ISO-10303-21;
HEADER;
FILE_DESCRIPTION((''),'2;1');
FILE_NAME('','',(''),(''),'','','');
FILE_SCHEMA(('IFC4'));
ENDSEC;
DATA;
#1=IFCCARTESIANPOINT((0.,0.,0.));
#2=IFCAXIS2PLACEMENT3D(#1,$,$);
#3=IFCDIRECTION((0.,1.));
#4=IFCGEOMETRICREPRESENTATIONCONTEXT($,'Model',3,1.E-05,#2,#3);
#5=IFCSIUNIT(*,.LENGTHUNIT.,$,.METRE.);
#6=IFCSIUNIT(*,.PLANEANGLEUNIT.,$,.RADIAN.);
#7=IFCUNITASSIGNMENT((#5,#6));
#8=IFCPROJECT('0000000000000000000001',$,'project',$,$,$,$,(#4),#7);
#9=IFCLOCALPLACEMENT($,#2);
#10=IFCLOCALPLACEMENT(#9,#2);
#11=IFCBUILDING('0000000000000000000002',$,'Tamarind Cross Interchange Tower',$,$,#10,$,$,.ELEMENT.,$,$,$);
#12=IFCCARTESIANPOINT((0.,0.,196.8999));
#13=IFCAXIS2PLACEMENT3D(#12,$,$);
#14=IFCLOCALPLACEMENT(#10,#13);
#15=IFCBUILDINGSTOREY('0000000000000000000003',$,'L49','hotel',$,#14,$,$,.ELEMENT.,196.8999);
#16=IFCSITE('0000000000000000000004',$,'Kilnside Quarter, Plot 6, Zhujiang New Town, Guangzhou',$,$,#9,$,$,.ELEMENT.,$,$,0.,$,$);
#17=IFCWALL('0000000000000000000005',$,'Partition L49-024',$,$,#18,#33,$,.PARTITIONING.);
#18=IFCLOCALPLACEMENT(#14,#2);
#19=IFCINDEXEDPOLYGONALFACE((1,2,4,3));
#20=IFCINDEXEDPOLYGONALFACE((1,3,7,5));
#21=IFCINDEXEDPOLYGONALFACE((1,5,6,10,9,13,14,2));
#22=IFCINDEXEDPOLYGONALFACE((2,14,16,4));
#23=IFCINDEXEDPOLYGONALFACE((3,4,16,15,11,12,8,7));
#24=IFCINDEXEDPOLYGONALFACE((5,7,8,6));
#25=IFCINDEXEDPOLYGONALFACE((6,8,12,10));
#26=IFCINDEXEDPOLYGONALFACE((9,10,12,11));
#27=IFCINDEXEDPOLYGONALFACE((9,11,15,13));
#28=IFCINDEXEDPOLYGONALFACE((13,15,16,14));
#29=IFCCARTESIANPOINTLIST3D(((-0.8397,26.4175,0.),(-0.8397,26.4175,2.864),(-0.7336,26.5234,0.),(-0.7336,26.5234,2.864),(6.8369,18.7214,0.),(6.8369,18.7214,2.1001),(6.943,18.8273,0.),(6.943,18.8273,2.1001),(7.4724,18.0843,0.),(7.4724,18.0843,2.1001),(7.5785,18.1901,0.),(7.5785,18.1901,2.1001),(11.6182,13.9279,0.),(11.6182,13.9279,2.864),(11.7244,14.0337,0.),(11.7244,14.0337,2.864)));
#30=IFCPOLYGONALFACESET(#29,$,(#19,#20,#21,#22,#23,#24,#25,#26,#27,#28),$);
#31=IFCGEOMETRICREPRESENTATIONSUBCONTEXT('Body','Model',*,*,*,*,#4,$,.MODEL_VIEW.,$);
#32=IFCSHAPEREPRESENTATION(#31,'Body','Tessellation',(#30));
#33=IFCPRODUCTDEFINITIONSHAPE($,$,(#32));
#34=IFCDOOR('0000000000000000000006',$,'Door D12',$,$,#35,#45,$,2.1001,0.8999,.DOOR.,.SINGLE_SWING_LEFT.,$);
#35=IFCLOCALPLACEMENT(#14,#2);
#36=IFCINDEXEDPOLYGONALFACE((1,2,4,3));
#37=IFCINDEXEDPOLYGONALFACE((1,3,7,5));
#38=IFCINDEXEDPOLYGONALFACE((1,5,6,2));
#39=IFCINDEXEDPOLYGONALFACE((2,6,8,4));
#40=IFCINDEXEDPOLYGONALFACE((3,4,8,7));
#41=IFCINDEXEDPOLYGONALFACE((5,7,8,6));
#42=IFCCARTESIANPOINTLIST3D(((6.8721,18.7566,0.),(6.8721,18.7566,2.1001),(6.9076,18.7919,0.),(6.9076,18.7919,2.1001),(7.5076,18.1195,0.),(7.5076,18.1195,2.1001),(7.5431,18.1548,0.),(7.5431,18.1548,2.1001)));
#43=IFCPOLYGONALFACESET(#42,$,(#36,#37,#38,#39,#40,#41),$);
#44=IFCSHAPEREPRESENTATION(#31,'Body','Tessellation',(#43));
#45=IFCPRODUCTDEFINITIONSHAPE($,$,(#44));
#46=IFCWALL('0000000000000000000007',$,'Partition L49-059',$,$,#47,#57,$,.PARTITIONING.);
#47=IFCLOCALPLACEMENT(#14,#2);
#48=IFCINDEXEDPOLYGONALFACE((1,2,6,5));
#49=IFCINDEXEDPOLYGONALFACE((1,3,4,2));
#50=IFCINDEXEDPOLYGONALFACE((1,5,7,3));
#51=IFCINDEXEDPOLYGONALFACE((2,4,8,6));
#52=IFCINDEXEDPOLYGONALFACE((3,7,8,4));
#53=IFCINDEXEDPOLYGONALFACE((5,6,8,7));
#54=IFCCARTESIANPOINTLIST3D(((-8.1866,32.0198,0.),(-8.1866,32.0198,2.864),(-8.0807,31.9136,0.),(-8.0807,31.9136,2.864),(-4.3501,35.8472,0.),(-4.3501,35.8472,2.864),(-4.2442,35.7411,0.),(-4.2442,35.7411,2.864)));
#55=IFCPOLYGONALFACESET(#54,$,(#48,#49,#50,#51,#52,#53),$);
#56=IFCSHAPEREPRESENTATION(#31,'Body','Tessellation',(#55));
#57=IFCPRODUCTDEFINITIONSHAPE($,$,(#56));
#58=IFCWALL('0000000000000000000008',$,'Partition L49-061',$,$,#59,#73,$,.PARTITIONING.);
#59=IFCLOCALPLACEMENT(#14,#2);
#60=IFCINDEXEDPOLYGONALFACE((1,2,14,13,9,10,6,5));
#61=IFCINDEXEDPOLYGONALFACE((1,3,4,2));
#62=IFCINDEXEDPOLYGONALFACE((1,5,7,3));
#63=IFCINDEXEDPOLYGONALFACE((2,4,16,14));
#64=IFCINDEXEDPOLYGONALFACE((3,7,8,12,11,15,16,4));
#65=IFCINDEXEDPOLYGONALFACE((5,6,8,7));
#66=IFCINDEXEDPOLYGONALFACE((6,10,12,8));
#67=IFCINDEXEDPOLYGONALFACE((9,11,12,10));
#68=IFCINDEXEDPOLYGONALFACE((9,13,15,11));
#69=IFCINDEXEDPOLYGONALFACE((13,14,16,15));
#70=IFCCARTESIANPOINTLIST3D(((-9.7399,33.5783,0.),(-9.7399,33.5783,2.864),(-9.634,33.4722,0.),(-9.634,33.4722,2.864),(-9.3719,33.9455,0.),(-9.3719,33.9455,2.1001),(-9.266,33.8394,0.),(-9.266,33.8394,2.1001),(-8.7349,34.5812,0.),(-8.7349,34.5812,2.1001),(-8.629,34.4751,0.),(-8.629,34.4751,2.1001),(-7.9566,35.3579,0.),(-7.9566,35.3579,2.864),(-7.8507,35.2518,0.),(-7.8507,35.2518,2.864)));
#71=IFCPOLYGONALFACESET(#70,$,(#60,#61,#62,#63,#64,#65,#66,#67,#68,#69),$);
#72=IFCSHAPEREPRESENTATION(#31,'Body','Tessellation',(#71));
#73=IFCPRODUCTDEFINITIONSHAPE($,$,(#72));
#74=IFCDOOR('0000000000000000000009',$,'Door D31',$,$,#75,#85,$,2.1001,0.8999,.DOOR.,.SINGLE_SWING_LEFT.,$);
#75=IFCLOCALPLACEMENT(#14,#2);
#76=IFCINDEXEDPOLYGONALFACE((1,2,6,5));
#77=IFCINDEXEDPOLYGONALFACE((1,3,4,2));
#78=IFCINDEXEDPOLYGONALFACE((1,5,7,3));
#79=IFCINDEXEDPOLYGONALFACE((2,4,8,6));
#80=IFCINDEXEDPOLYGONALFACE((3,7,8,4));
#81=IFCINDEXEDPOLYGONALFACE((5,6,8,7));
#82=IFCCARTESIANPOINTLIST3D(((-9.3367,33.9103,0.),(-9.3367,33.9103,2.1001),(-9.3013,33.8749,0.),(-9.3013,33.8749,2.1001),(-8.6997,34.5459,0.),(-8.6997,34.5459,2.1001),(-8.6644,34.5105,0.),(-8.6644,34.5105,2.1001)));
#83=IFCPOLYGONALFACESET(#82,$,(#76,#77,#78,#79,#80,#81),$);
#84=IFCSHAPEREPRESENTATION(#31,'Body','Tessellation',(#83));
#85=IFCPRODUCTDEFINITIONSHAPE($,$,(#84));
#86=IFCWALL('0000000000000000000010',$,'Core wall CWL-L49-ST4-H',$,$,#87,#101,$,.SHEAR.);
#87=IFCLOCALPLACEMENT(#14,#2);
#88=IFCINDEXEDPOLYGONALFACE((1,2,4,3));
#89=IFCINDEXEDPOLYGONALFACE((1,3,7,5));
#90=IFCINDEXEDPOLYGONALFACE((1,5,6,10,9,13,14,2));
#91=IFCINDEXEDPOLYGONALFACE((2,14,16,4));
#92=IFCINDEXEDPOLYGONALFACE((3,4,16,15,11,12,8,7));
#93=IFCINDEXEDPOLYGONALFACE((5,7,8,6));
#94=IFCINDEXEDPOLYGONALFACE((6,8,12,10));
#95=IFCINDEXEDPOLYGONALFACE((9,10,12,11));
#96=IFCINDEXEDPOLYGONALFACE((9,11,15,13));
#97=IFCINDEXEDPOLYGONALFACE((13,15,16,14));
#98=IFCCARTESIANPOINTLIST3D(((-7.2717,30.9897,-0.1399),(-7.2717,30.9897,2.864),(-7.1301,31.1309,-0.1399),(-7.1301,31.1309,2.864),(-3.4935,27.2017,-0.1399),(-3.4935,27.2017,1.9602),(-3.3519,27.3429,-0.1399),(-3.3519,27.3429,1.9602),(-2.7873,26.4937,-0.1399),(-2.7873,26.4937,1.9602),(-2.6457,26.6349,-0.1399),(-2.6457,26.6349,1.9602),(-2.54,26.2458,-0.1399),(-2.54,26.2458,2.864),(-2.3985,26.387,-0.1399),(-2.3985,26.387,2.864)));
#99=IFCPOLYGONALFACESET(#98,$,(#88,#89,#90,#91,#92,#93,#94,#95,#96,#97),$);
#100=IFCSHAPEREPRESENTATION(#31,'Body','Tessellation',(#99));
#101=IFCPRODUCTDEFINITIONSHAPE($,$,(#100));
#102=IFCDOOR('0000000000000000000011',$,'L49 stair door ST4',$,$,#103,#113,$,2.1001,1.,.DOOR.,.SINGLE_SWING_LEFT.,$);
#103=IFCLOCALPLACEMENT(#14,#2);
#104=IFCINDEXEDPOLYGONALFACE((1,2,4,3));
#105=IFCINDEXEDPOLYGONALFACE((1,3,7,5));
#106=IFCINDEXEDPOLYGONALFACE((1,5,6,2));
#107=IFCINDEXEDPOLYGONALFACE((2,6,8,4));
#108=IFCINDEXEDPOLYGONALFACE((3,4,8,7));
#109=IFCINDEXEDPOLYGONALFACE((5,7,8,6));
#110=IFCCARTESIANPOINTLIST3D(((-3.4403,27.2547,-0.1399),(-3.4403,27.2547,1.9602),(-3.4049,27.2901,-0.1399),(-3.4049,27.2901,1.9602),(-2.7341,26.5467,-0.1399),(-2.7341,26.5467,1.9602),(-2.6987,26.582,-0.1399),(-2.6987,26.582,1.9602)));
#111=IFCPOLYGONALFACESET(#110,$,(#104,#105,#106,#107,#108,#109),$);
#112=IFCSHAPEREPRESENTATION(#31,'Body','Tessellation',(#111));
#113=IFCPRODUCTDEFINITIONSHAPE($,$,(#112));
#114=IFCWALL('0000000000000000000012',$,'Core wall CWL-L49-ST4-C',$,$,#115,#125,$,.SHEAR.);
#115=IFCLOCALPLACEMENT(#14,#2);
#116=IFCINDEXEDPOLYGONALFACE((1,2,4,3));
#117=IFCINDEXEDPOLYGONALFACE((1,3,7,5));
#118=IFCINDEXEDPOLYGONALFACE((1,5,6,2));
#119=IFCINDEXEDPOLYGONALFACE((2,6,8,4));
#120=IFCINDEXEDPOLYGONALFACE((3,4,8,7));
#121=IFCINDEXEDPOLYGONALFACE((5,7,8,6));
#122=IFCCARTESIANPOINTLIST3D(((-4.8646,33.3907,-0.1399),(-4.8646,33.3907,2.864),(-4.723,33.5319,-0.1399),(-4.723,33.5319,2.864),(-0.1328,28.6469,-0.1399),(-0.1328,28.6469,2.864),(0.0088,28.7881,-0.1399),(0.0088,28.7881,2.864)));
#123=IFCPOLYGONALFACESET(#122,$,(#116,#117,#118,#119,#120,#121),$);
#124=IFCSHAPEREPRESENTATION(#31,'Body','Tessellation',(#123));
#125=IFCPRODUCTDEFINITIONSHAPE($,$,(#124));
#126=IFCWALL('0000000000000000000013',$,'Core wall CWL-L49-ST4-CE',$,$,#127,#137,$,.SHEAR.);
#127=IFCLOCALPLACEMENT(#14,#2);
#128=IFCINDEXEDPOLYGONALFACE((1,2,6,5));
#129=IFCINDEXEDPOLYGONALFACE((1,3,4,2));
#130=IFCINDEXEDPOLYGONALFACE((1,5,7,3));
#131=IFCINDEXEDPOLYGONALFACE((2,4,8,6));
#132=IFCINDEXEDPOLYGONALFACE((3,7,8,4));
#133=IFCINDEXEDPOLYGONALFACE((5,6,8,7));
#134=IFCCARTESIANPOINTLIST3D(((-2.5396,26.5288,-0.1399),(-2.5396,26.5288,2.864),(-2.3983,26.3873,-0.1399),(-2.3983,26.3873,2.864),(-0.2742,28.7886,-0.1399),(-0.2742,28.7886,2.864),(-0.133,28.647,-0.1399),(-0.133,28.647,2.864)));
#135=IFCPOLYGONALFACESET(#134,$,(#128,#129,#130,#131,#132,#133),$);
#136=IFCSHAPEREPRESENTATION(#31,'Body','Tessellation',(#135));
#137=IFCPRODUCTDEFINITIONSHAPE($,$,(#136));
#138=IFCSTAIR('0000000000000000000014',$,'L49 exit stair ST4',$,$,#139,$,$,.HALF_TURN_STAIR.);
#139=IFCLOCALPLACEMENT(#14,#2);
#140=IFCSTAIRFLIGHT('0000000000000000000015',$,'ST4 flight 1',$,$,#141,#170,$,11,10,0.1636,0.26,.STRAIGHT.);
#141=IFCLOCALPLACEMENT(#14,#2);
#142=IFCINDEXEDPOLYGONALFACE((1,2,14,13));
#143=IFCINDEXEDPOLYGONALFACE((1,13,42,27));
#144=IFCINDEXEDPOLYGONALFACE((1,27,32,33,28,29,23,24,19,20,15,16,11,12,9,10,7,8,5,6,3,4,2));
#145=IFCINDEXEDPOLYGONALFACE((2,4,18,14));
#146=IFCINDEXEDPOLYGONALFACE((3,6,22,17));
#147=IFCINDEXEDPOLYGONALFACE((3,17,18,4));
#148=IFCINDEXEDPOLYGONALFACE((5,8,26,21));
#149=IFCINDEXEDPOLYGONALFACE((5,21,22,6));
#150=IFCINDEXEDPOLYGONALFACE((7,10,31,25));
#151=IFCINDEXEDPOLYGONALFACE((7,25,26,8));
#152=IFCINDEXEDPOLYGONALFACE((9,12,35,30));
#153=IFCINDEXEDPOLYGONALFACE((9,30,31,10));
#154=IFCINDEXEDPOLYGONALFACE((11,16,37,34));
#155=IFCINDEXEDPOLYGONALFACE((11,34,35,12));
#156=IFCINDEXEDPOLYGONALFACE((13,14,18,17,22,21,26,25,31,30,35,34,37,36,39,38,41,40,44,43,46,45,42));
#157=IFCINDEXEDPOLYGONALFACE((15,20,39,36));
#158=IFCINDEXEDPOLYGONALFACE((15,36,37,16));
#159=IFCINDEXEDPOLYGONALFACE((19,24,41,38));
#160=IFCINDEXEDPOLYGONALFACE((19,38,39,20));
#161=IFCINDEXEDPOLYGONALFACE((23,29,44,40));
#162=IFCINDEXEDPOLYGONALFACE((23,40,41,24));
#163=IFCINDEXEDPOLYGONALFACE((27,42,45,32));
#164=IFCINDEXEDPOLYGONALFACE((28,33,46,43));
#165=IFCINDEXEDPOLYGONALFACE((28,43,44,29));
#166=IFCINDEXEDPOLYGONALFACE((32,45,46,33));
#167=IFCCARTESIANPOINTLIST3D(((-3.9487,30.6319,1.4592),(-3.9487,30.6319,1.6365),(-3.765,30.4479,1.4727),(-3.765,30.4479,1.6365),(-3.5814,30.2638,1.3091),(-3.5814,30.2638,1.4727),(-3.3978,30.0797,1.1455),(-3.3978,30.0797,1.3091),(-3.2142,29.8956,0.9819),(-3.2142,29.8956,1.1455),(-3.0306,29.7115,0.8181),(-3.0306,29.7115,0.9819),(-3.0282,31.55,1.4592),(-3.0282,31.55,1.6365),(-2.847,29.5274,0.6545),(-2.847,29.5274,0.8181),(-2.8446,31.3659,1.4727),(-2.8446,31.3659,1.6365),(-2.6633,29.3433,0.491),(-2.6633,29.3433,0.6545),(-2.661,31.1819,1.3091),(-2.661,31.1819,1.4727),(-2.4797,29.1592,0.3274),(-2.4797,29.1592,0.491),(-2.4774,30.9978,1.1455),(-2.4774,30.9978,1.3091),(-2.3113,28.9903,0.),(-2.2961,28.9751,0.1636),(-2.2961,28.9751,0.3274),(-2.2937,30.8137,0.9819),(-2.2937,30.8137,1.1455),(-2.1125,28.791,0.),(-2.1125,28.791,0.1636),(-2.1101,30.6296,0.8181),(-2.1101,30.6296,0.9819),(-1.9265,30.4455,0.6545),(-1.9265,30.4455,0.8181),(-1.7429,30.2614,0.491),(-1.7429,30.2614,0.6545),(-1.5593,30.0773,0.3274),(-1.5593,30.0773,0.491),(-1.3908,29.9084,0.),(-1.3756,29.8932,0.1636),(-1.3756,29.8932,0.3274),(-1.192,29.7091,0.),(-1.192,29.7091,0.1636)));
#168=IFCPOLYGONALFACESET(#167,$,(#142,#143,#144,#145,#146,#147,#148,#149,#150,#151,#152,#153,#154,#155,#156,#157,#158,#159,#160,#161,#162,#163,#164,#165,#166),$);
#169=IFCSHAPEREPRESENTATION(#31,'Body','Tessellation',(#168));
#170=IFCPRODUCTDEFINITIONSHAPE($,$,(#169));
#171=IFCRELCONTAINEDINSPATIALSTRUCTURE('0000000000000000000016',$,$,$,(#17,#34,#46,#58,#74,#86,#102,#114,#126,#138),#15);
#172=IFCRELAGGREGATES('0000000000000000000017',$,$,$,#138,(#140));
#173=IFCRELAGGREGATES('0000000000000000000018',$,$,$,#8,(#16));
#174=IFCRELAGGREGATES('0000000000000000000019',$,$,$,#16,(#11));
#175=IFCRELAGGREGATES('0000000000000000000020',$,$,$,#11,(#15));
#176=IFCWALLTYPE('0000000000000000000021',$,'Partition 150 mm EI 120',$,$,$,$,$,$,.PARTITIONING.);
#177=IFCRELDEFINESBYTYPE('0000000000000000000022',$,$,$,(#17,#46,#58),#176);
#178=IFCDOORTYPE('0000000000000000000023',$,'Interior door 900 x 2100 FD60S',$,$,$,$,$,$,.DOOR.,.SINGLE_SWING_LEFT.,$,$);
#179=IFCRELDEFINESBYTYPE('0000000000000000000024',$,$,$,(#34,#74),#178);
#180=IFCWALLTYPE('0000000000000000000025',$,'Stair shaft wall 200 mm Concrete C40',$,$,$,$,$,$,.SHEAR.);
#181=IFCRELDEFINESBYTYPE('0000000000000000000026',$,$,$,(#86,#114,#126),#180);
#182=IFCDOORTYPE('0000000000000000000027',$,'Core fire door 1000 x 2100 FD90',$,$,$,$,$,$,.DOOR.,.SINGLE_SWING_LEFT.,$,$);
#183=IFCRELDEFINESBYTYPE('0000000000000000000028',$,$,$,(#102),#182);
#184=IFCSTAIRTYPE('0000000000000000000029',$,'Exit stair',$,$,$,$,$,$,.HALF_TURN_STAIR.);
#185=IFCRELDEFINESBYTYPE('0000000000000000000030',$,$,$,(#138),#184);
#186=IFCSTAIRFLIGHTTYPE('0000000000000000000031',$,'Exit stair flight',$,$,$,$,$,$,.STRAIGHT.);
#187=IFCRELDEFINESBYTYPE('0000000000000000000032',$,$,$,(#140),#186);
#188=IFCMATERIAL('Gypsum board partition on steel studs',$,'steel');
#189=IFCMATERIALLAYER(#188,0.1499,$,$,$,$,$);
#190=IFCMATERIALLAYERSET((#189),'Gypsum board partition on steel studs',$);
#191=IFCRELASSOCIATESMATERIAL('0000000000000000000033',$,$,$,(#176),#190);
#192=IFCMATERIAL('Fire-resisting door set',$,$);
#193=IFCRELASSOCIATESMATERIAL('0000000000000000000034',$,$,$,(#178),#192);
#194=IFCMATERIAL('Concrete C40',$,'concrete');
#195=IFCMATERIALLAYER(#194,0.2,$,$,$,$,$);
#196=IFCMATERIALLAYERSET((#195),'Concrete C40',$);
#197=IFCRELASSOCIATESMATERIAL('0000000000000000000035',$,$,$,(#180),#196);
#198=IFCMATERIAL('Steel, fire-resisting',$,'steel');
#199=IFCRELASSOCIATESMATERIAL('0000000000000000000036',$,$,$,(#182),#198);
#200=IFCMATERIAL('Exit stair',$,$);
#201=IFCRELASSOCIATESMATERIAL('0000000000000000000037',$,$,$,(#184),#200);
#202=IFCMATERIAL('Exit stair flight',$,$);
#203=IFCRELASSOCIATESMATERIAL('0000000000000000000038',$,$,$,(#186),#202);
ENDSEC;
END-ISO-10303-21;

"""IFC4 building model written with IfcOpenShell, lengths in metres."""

from ifc_helpers import new_model, si_unit, direction, frame, frame_2d, origin, place, context, subcontext, project, spatial, polyline, rectangle, outline, extrude, material, layer, layer_set, type_object, element, fill, aggregate, save


model = new_model("IFC4")

# Units and contexts
model_context = context("Model", 3, precision=1e-05, world=origin(), true_north=direction((0.0, 1.0)))
body_context = subcontext(model_context, "Body", "Model", "MODEL_VIEW")
ifc_project = project(units=[si_unit("LENGTHUNIT", "METRE"), si_unit("PLANEANGLEUNIT", "RADIAN")], contexts=[model_context])

# Site, building, storey
site_placement = place(None, origin())
site = spatial("IfcSite", under=ifc_project, at=site_placement, Name="Kilnside Quarter, Plot 6, Zhujiang New Town, Guangzhou", CompositionType="ELEMENT", RefElevation=0.0)
building_placement = place(site_placement, origin())
building = spatial("IfcBuilding", under=site, at=building_placement, Name="Tamarind Cross Interchange Tower", CompositionType="ELEMENT")
storey_placement = place(building_placement, frame((0.0, 0.0, 196.8999)))
storey = spatial("IfcBuildingStorey", under=building, at=storey_placement, Name="L49", Description="hotel", CompositionType="ELEMENT", Elevation=196.8999)

# Shared definitions
ifc_material_1 = material(Name="Gypsum board partition on steel studs", Category="steel")
ifc_layer_1 = layer(ifc_material_1, 0.1499)
ifc_layer_set_1 = layer_set([ifc_layer_1], Name="Gypsum board partition on steel studs")
wall_type_1 = type_object("IfcWallType", Name="Partition 150 mm EI 120", PredefinedType="PARTITIONING", material=ifc_layer_set_1)

# Wall, opening, door
wall_1_placement = place(storey_placement, frame((-0.7866, 26.4705, 0.0), z_axis=(0.0, 0.0, 1.0), x_axis=(0.706207, -0.708006, 0.0)))
wall_1 = element("IfcWall", 1, at=wall_1_placement, inside=storey, type_object=wall_type_1, Name="Partition L49-024", PredefinedType="PARTITIONING", context=body_context, shape_type="SweptSolid", body=[
    extrude(rectangle(XDim=17.6406, YDim=0.1499, at=frame_2d((8.8203, 0.0))), origin(), (0.0, 0.0, 1.0), 2.864),
])
opening_1_placement = place(wall_1_placement, frame((10.8701, 0.0, 0.0)))
opening_1 = element("IfcOpeningElement", 2, at=opening_1_placement, cuts=wall_1, PredefinedType="OPENING", context=body_context, shape_type="SweptSolid", body=[
    extrude(rectangle(XDim=0.8999, YDim=2.1001, at=frame_2d((0.45, 1.05))), frame((0.0, 0.085, 0.0), z_axis=(0.0, -1.0, 0.0), x_axis=(1.0, 0.0, 0.0)), (0.0, 0.0, 1.0), 0.1699),
])
ifc_material_2 = material(Name="Fire-resisting door set")
door_type_1 = type_object("IfcDoorType", Name="Interior door 900 x 2100 FD60S", OperationType="SINGLE_SWING_LEFT", PredefinedType="DOOR", material=ifc_material_2)
door_1_placement = place(opening_1_placement, origin())
door_1 = element("IfcDoor", 3, at=door_1_placement, inside=storey, type_object=door_type_1, Name="Door D12", OperationType="SINGLE_SWING_LEFT", OverallHeight=2.1001, OverallWidth=0.8999, PredefinedType="DOOR", context=body_context, shape_type="SweptSolid", body=[
    extrude(rectangle(XDim=0.8999, YDim=2.1001, at=frame_2d((0.45, 1.05))), frame((0.0, 0.0249, 0.0), z_axis=(0.0, -1.0, 0.0), x_axis=(1.0, 0.0, 0.0)), (0.0, 0.0, 1.0), 0.05),
])
fill(opening_1, door_1)

# Wall
wall_2_placement = place(storey_placement, frame((-8.1335, 31.9668, 0.0), z_axis=(0.0, 0.0, 1.0), x_axis=(0.70794, 0.706273, 0.0)))
element("IfcWall", 4, at=wall_2_placement, inside=storey, type_object=wall_type_1, Name="Partition L49-059", PredefinedType="PARTITIONING", context=body_context, shape_type="SweptSolid", body=[
    extrude(rectangle(XDim=5.4192, YDim=0.1499, at=frame_2d((2.7095, 0.0))), origin(), (0.0, 0.0, 1.0), 2.864),
])

# Walls, openings, doors
wall_3_placement = place(storey_placement, frame((-9.687, 33.5251, 0.0), z_axis=(0.0, 0.0, 1.0), x_axis=(0.707833, 0.70638, 0.0)))
wall_3 = element("IfcWall", 5, at=wall_3_placement, inside=storey, type_object=wall_type_1, Name="Partition L49-061", PredefinedType="PARTITIONING", context=body_context, shape_type="SweptSolid", body=[
    extrude(rectangle(XDim=2.5193, YDim=0.1499, at=frame_2d((1.2598, 0.0))), origin(), (0.0, 0.0, 1.0), 2.864),
])
opening_2_placement = place(wall_3_placement, frame((0.52, 0.0, 0.0)))
opening_2 = element("IfcOpeningElement", 6, at=opening_2_placement, cuts=wall_3, PredefinedType="OPENING", context=body_context, shape_type="SweptSolid", body=[
    extrude(rectangle(XDim=0.8999, YDim=2.1001, at=frame_2d((0.45, 1.05))), frame((0.0, 0.085, 0.0), z_axis=(0.0, -1.0, 0.0), x_axis=(1.0, 0.0, 0.0)), (0.0, 0.0, 1.0), 0.1699),
])
door_2_placement = place(opening_2_placement, frame((0.8999, 0.0, 0.0), z_axis=(0.0, 0.0, 1.0), x_axis=(-1.0, 0.0, 0.0)))
door_2 = element("IfcDoor", 7, at=door_2_placement, inside=storey, type_object=door_type_1, Name="Door D31", OperationType="SINGLE_SWING_LEFT", OverallHeight=2.1001, OverallWidth=0.8999, PredefinedType="DOOR", context=body_context, shape_type="SweptSolid", body=[
    extrude(rectangle(XDim=0.8999, YDim=2.1001, at=frame_2d((0.45, 1.05))), frame((0.0, 0.0249, 0.0), z_axis=(0.0, -1.0, 0.0), x_axis=(1.0, 0.0, 0.0)), (0.0, 0.0, 1.0), 0.05),
])
fill(opening_2, door_2)
ifc_material_3 = material(Name="Concrete C40", Category="concrete")
ifc_layer_2 = layer(ifc_material_3, 0.2)
ifc_layer_set_2 = layer_set([ifc_layer_2], Name="Concrete C40")
wall_type_2 = type_object("IfcWallType", Name="Stair shaft wall 200 mm Concrete C40", PredefinedType="SHEAR", material=ifc_layer_set_2)
wall_4_placement = place(storey_placement, frame((-2.4692, 26.3164, -0.1399), z_axis=(0.0, 0.0, 1.0), x_axis=(-0.706195, 0.708017, 0.0)))
wall_4 = element("IfcWall", 8, at=wall_4_placement, inside=storey, type_object=wall_type_2, Name="Core wall CWL-L49-ST4-H", PredefinedType="SHEAR", context=body_context, shape_type="SweptSolid", body=[
    extrude(rectangle(XDim=6.7002, YDim=0.2, at=frame_2d((3.3501, 0.0))), origin(), (0.0, 0.0, 1.0), 3.0039),
])
opening_3_placement = place(wall_4_placement, frame((0.3501, 0.0, 0.0)))
opening_3 = element("IfcOpeningElement", 9, at=opening_3_placement, cuts=wall_4, PredefinedType="OPENING", context=body_context, shape_type="SweptSolid", body=[
    extrude(rectangle(XDim=1.0, YDim=2.1001, at=frame_2d((0.5, 1.05))), frame((0.0, 0.1099, 0.0), z_axis=(0.0, -1.0, 0.0), x_axis=(1.0, 0.0, 0.0)), (0.0, 0.0, 1.0), 0.22),
])
ifc_material_4 = material(Name="Steel, fire-resisting", Category="steel")
door_type_2 = type_object("IfcDoorType", Name="Core fire door 1000 x 2100 FD90", OperationType="SINGLE_SWING_LEFT", PredefinedType="DOOR", material=ifc_material_4)
door_3_placement = place(opening_3_placement, origin())
door_3 = element("IfcDoor", 10, at=door_3_placement, inside=storey, type_object=door_type_2, Name="L49 stair door ST4", OperationType="SINGLE_SWING_LEFT", OverallHeight=2.1001, OverallWidth=1.0, PredefinedType="DOOR", context=body_context, shape_type="SweptSolid", body=[
    extrude(rectangle(XDim=1.0, YDim=2.1001, at=frame_2d((0.5, 1.05))), frame((0.0, 0.0249, 0.0), z_axis=(0.0, -1.0, 0.0), x_axis=(1.0, 0.0, 0.0)), (0.0, 0.0, 1.0), 0.05),
])
fill(opening_3, door_3)

# Walls
wall_5_placement = place(storey_placement, frame((-0.062, 28.7175, -0.1399), z_axis=(0.0, 0.0, 1.0), x_axis=(-0.706213, 0.707999, 0.0)))
element("IfcWall", 11, at=wall_5_placement, inside=storey, type_object=wall_type_2, Name="Core wall CWL-L49-ST4-C", PredefinedType="SHEAR", context=body_context, shape_type="SweptSolid", body=[
    extrude(rectangle(XDim=6.7002, YDim=0.2, at=frame_2d((3.3501, 0.0))), origin(), (0.0, 0.0, 1.0), 3.0039),
])
wall_6_placement = place(storey_placement, frame((-0.2036, 28.7178, -0.1399), z_axis=(0.0, 0.0, 1.0), x_axis=(-0.707984, -0.706229, 0.0)))
element("IfcWall", 12, at=wall_6_placement, inside=storey, type_object=wall_type_2, Name="Core wall CWL-L49-ST4-CE", PredefinedType="SHEAR", context=body_context, shape_type="SweptSolid", body=[
    extrude(rectangle(XDim=3.1997, YDim=0.2, at=frame_2d((1.5999, 0.0))), origin(), (0.0, 0.0, 1.0), 3.0039),
])

# Stair, stair flight
ifc_material_5 = material(Name="Exit stair")
stair_type = type_object("IfcStairType", Name="Exit stair", PredefinedType="HALF_TURN_STAIR", material=ifc_material_5)
stair_placement = place(storey_placement, origin())
stair = element("IfcStair", 13, at=stair_placement, inside=storey, type_object=stair_type, Name="L49 exit stair ST4", PredefinedType="HALF_TURN_STAIR")
ifc_material_6 = material(Name="Exit stair flight")
stair_flight_type = type_object("IfcStairFlightType", Name="Exit stair flight", PredefinedType="STRAIGHT", material=ifc_material_6)
stair_flight_1_placement = place(storey_placement, frame((-1.6523, 29.25, 0.0), z_axis=(0.0, 0.0, 1.0), x_axis=(-0.706198, 0.708015, 0.0)))
stair_flight_1 = element("IfcStairFlight", 14, at=stair_flight_1_placement, type_object=stair_flight_type, Name="ST4 flight 1", NumberOfRisers=11, NumberOfTreads=10, PredefinedType="STRAIGHT", RiserHeight=0.1636, TreadLength=0.26, context=body_context, shape_type="SweptSolid", body=[
    extrude(outline(polyline([(0.0, 0.0), (0.0, 0.1636), (0.26, 0.1636), (0.26, 0.3274), (0.52, 0.3274), (0.52, 0.491), (0.78, 0.491), (0.78, 0.6545), (1.04, 0.6545), (1.04, 0.8181), (1.3, 0.8181), (1.3, 0.9819), (1.5601, 0.9819), (1.5601, 1.1455), (1.8201, 1.1455), (1.8201, 1.3091), (2.0801, 1.3091), (2.0801, 1.4727), (2.3401, 1.4727), (2.3401, 1.6365), (2.6001, 1.6365), (2.6001, 1.8), (2.6001, 1.4592), (0.2815, 0.0), (0.0, 0.0)])), frame((0.0, 0.6499, 0.0), z_axis=(0.0, -1.0, 0.0), x_axis=(1.0, 0.0, 0.0)), (0.0, 0.0, 1.0), 1.3),
])
aggregate(stair, [stair_flight_1])

save(model, "model.ifc")
